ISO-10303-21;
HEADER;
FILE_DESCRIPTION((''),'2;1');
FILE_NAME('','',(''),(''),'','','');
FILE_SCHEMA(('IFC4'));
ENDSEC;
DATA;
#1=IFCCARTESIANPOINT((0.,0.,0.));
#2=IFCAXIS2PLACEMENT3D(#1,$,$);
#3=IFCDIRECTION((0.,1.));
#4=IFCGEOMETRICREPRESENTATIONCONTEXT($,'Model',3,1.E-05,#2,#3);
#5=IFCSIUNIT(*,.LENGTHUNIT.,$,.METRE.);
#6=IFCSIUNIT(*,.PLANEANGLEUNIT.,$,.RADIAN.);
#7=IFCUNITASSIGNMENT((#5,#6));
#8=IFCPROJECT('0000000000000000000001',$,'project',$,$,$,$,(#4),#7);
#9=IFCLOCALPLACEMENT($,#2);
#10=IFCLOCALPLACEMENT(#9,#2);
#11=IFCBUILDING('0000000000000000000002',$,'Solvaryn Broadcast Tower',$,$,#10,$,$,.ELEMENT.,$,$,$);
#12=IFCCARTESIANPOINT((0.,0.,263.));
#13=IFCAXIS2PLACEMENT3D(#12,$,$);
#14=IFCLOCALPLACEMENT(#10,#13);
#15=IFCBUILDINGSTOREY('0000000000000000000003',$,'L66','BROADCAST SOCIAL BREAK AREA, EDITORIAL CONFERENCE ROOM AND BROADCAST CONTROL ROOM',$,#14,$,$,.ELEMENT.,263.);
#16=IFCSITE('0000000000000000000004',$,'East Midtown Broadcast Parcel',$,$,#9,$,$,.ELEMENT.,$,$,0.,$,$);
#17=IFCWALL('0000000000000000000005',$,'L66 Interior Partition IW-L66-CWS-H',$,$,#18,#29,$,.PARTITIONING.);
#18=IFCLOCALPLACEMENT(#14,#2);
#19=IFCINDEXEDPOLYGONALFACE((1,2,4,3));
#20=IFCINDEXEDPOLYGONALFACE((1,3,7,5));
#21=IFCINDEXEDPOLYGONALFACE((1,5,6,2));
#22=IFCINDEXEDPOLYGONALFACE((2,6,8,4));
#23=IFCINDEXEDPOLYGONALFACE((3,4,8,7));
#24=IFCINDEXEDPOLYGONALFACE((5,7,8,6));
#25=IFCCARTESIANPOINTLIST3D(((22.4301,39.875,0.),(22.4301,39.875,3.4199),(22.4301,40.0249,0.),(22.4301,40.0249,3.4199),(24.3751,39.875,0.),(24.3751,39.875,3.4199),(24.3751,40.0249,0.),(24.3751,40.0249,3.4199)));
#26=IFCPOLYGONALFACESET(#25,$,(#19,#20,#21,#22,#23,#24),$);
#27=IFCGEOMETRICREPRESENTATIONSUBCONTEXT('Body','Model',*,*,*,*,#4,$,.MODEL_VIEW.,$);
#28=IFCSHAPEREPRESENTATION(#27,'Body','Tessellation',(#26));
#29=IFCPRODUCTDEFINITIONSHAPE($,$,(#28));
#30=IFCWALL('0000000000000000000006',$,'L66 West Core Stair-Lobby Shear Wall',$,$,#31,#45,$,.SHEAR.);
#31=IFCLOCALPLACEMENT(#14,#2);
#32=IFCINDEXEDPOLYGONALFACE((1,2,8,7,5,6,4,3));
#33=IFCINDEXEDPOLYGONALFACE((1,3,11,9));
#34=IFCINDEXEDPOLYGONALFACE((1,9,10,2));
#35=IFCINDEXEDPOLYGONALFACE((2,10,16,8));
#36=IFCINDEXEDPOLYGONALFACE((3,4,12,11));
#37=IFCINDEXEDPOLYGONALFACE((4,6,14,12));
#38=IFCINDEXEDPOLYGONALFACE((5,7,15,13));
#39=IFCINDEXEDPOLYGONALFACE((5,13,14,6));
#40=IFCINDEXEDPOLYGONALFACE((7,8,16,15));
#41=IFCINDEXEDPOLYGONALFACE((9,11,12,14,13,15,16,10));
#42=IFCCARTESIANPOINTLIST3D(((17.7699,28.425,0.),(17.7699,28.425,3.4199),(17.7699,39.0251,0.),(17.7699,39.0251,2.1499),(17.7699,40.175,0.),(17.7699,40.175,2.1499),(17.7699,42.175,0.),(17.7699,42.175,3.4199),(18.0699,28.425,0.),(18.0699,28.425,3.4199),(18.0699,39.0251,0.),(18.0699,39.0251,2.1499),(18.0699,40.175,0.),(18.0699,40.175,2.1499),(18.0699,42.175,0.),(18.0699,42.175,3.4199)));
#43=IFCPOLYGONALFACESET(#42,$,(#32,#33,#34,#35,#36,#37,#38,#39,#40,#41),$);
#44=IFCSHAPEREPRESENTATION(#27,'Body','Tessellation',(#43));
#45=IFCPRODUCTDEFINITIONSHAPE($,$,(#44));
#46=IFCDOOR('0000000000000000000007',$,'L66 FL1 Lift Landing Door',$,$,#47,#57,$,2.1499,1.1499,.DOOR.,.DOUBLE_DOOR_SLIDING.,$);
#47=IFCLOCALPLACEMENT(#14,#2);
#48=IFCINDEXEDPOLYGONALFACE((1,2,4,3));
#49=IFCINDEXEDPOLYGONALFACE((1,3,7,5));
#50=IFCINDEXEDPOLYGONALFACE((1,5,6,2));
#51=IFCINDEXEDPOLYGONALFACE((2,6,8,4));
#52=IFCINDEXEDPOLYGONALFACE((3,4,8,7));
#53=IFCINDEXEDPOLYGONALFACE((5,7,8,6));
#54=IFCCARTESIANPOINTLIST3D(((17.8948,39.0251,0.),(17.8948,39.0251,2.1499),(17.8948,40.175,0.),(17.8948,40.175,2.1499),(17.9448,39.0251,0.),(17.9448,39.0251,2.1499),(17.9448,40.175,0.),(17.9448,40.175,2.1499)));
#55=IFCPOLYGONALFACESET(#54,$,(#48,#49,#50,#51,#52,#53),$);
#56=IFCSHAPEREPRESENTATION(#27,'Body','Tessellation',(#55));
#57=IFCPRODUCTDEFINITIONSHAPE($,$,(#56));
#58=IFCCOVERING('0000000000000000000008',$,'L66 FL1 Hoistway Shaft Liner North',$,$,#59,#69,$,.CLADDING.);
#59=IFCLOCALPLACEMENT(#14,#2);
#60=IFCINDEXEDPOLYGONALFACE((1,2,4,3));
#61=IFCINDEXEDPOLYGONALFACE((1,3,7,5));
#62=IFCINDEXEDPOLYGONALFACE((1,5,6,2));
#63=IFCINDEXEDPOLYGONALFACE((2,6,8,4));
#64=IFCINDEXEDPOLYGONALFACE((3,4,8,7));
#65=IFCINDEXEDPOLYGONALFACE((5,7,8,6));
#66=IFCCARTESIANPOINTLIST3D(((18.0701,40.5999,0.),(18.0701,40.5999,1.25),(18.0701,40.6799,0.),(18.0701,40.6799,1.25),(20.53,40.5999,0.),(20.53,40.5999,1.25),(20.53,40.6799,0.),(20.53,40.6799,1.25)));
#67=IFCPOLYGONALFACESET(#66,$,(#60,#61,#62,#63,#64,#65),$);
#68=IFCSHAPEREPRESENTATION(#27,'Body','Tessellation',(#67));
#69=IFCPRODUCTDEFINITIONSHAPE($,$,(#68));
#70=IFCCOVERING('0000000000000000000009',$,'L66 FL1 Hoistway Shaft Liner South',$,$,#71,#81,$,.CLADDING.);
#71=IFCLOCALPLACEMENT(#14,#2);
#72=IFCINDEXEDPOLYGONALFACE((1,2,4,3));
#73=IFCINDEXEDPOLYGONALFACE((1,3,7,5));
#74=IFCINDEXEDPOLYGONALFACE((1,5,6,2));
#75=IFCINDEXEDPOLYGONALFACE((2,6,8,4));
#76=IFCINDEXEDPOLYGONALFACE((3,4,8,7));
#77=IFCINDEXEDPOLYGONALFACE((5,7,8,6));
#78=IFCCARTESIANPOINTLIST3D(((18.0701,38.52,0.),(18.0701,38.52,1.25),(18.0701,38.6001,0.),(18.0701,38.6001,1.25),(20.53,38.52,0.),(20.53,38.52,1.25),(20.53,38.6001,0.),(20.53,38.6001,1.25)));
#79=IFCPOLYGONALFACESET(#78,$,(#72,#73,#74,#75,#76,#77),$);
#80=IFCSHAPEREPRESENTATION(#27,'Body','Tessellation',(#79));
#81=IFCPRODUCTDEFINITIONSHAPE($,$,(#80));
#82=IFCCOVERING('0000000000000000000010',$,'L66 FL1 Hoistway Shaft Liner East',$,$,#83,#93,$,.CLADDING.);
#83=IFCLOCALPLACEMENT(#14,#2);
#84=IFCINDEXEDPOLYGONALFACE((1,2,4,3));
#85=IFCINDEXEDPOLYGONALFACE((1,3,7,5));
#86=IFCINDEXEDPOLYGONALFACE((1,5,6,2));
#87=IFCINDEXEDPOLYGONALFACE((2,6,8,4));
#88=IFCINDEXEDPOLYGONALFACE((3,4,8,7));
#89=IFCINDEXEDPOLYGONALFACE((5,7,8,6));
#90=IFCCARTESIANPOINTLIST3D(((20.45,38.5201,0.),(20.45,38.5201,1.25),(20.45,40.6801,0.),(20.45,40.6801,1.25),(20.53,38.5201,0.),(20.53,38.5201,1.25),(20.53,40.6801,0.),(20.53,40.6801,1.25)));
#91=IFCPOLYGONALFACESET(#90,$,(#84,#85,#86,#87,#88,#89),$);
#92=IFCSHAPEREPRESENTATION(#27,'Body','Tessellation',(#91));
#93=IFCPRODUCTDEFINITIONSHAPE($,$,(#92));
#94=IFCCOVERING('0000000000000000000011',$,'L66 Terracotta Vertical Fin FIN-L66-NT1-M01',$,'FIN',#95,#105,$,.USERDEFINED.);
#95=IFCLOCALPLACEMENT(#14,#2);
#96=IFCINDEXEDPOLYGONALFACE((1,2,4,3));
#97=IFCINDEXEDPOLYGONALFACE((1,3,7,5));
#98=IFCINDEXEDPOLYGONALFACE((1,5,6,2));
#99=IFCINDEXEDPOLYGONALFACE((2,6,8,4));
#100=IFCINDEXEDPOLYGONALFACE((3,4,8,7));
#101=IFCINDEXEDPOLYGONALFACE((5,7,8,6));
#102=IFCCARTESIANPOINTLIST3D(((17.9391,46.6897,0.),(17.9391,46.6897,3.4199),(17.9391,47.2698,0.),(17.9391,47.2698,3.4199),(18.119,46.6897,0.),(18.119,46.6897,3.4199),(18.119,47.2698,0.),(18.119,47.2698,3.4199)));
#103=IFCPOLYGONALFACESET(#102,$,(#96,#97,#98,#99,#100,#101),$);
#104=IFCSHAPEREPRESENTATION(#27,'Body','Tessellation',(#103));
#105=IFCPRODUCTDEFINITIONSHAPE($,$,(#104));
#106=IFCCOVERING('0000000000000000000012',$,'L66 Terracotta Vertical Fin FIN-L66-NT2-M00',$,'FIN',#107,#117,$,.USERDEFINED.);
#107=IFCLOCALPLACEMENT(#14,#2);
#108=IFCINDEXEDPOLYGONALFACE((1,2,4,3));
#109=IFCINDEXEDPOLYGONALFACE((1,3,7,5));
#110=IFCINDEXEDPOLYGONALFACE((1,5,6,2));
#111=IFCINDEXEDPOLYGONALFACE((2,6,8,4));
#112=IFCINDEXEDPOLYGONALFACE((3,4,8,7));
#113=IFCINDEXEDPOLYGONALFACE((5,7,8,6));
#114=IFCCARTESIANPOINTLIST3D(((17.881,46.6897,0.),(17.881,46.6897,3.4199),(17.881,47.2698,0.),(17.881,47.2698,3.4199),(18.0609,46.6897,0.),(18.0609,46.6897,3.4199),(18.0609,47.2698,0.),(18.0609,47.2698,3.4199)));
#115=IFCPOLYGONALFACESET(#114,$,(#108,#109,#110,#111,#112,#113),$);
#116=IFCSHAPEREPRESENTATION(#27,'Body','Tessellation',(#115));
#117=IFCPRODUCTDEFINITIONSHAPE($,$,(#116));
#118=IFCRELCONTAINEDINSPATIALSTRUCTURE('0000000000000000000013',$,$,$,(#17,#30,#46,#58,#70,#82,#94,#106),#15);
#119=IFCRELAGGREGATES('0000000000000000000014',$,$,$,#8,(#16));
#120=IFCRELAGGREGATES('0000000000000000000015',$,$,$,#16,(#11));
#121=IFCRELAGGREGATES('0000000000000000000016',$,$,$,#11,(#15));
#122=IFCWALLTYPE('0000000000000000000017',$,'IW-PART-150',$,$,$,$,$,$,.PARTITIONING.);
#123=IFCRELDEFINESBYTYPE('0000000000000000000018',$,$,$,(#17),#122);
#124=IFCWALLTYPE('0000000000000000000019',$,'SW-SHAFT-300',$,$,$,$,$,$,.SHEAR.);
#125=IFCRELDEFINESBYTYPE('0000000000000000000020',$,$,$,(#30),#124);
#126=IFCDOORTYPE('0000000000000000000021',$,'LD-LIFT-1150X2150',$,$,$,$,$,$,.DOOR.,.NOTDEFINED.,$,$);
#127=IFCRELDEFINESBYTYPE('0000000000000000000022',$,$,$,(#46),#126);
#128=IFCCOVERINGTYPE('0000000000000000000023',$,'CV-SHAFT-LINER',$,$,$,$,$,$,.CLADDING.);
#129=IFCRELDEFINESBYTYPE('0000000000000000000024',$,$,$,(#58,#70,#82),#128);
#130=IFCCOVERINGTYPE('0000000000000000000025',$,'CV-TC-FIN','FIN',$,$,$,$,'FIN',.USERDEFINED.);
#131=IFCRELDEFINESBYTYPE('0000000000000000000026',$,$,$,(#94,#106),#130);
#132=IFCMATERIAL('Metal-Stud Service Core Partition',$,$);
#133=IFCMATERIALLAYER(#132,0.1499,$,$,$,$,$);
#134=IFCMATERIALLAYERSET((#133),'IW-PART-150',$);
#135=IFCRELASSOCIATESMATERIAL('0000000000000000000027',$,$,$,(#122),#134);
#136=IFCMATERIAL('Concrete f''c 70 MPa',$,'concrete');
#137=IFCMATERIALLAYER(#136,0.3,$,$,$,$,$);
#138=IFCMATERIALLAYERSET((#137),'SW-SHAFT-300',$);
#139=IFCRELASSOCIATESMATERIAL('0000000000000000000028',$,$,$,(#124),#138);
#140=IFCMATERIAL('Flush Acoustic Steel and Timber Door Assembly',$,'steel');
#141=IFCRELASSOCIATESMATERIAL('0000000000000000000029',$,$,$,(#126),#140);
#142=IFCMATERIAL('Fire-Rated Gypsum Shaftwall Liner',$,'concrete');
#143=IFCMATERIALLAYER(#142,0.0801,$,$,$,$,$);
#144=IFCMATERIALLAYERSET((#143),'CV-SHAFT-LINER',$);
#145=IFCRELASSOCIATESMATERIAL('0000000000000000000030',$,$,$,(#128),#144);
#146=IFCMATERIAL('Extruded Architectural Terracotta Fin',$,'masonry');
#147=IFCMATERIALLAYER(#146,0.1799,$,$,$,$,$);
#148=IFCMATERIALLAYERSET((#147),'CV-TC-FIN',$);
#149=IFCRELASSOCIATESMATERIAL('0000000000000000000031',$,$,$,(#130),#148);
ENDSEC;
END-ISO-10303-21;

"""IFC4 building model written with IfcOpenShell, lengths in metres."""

from ifc_helpers import new_model, si_unit, direction, frame, frame_2d, origin, origin_2d, place, context, subcontext, project, spatial, rectangle, extrude, material, layer, layer_set, type_object, element, fill, save


model = new_model("IFC4")

# Units and contexts
model_context = context("Model", 3, precision=1e-05, world=origin(), true_north=direction((0.0, 1.0)))
body_context = subcontext(model_context, "Body", "Model", "MODEL_VIEW")
ifc_project = project(units=[si_unit("LENGTHUNIT", "METRE"), si_unit("PLANEANGLEUNIT", "RADIAN")], contexts=[model_context])

# Site, building, storey
site_placement = place(None, origin())
site = spatial("IfcSite", under=ifc_project, at=site_placement, Name="East Midtown Broadcast Parcel", CompositionType="ELEMENT", RefElevation=0.0)
building_placement = place(site_placement, origin())
building = spatial("IfcBuilding", under=site, at=building_placement, Name="Solvaryn Broadcast Tower", CompositionType="ELEMENT")
storey_placement = place(building_placement, frame((0.0, 0.0, 263.0)))
storey = spatial("IfcBuildingStorey", under=building, at=storey_placement, Name="L66", Description="BROADCAST SOCIAL BREAK AREA, EDITORIAL CONFERENCE ROOM AND BROADCAST CONTROL ROOM", CompositionType="ELEMENT", Elevation=263.0)

# Wall
ifc_material_1 = material(Name="Metal-Stud Service Core Partition")
ifc_layer_1 = layer(ifc_material_1, 0.1499)
ifc_layer_set_1 = layer_set([ifc_layer_1], Name="IW-PART-150")
wall_type_1 = type_object("IfcWallType", Name="IW-PART-150", PredefinedType="PARTITIONING", material=ifc_layer_set_1)
wall_1_placement = place(storey_placement, frame((22.4299, 39.95, 0.0), z_axis=(0.0, 0.0, 1.0), x_axis=(1.0, 0.0, 0.0)))
element("IfcWall", 1, at=wall_1_placement, inside=storey, type_object=wall_type_1, Name="L66 Interior Partition IW-L66-CWS-H", PredefinedType="PARTITIONING", context=body_context, shape_type="SweptSolid", body=[
    extrude(rectangle(XDim=1.9451, YDim=0.1499, at=frame_2d((0.9727, 0.0))), origin(), (0.0, 0.0, 1.0), 3.4199),
])

# Wall, opening, door
ifc_material_2 = material(Name="Concrete f'c 70 MPa", Category="concrete")
ifc_layer_2 = layer(ifc_material_2, 0.3)
ifc_layer_set_2 = layer_set([ifc_layer_2], Name="SW-SHAFT-300")
wall_type_2 = type_object("IfcWallType", Name="SW-SHAFT-300", PredefinedType="SHEAR", material=ifc_layer_set_2)
wall_2_placement = place(storey_placement, frame((17.9199, 42.175, 0.0), z_axis=(0.0, 0.0, 1.0), x_axis=(0.0, -1.0, 0.0)))
wall_2 = element("IfcWall", 2, at=wall_2_placement, inside=storey, type_object=wall_type_2, Name="L66 West Core Stair-Lobby Shear Wall", PredefinedType="SHEAR", context=body_context, shape_type="SweptSolid", body=[
    extrude(rectangle(XDim=13.75, YDim=0.3, at=frame_2d((6.875, 0.0))), origin(), (0.0, 0.0, 1.0), 3.4199),
])
opening_placement = place(wall_2_placement, frame((2.0, 0.0, 0.0)))
opening = element("IfcOpeningElement", 3, at=opening_placement, cuts=wall_2, PredefinedType="OPENING", context=body_context, shape_type="SweptSolid", body=[
    extrude(rectangle(XDim=1.1499, YDim=2.1499, at=frame_2d((0.575, 1.075))), frame((0.0, 0.1599, 0.0), z_axis=(0.0, -1.0, 0.0), x_axis=(1.0, 0.0, 0.0)), (0.0, 0.0, 1.0), 0.3201),
])
ifc_material_3 = material(Name="Flush Acoustic Steel and Timber Door Assembly", Category="steel")
door_type = type_object("IfcDoorType", Name="LD-LIFT-1150X2150", OperationType="NOTDEFINED", PredefinedType="DOOR", material=ifc_material_3)
door_placement = place(opening_placement, origin())
door = element("IfcDoor", 4, at=door_placement, inside=storey, type_object=door_type, Name="L66 FL1 Lift Landing Door", OperationType="DOUBLE_DOOR_SLIDING", OverallHeight=2.1499, OverallWidth=1.1499, PredefinedType="DOOR", context=body_context, shape_type="SweptSolid", body=[
    extrude(rectangle(XDim=1.1499, YDim=2.1499, at=frame_2d((0.575, 1.075))), frame((0.0, 0.0249, 0.0), z_axis=(0.0, -1.0, 0.0), x_axis=(1.0, 0.0, 0.0)), (0.0, 0.0, 1.0), 0.05),
])
fill(opening, door)

# Coverings
ifc_material_4 = material(Name="Fire-Rated Gypsum Shaftwall Liner", Category="concrete")
ifc_layer_3 = layer(ifc_material_4, 0.0801)
ifc_layer_set_3 = layer_set([ifc_layer_3], Name="CV-SHAFT-LINER")
covering_type_1 = type_object("IfcCoveringType", Name="CV-SHAFT-LINER", PredefinedType="CLADDING", material=ifc_layer_set_3)
for number, where, z_axis, x_axis, name in (
    (5, (19.3, 40.6399, 0.0), (0.0, 0.0, 1.0), (1.0, 0.0, 0.0), "L66 FL1 Hoistway Shaft Liner North"),
    (6, (19.3, 38.5601, 0.0), (0.0, 0.0, 1.0), (1.0, 0.0, 0.0), "L66 FL1 Hoistway Shaft Liner South"),
):
    element("IfcCovering", number, at=place(storey_placement, frame(where, z_axis=z_axis, x_axis=x_axis)), inside=storey, type_object=covering_type_1, Name=name, PredefinedType="CLADDING", context=body_context, shape_type="SweptSolid", body=[
        extrude(rectangle(XDim=2.46, YDim=0.0801, at=origin_2d()), origin(), (0.0, 0.0, 1.0), 1.25),
    ])
covering_placement = place(storey_placement, frame((20.49, 39.6001, 0.0), z_axis=(0.0, 0.0, 1.0), x_axis=(1.0, 0.0, 0.0)))
element("IfcCovering", 7, at=covering_placement, inside=storey, type_object=covering_type_1, Name="L66 FL1 Hoistway Shaft Liner East", PredefinedType="CLADDING", context=body_context, shape_type="SweptSolid", body=[
    extrude(rectangle(XDim=0.0801, YDim=2.1599, at=origin_2d()), origin(), (0.0, 0.0, 1.0), 1.25),
])
ifc_material_5 = material(Name="Extruded Architectural Terracotta Fin", Category="masonry")
ifc_layer_4 = layer(ifc_material_5, 0.1799)
ifc_layer_set_4 = layer_set([ifc_layer_4], Name="CV-TC-FIN")
covering_type_2 = type_object("IfcCoveringType", Name="CV-TC-FIN", Description="FIN", ElementType="FIN", PredefinedType="USERDEFINED", material=ifc_layer_set_4)
for number, where, z_axis, x_axis, name in (
    (8, (18.0291, 46.9797, 0.0), (0.0, 0.0, 1.0), (1.0, 0.0, 0.0), "L66 Terracotta Vertical Fin FIN-L66-NT1-M01"),
    (9, (17.9709, 46.9797, 0.0), (0.0, 0.0, 1.0), (1.0, 0.0, 0.0), "L66 Terracotta Vertical Fin FIN-L66-NT2-M00"),
):
    element("IfcCovering", number, at=place(storey_placement, frame(where, z_axis=z_axis, x_axis=x_axis)), inside=storey, type_object=covering_type_2, Name=name, ObjectType="FIN", PredefinedType="USERDEFINED", context=body_context, shape_type="SweptSolid", body=[
        extrude(rectangle(XDim=0.1799, YDim=0.5801, at=origin_2d()), origin(), (0.0, 0.0, 1.0), 3.4199),
    ])

save(model, "model.ifc")
